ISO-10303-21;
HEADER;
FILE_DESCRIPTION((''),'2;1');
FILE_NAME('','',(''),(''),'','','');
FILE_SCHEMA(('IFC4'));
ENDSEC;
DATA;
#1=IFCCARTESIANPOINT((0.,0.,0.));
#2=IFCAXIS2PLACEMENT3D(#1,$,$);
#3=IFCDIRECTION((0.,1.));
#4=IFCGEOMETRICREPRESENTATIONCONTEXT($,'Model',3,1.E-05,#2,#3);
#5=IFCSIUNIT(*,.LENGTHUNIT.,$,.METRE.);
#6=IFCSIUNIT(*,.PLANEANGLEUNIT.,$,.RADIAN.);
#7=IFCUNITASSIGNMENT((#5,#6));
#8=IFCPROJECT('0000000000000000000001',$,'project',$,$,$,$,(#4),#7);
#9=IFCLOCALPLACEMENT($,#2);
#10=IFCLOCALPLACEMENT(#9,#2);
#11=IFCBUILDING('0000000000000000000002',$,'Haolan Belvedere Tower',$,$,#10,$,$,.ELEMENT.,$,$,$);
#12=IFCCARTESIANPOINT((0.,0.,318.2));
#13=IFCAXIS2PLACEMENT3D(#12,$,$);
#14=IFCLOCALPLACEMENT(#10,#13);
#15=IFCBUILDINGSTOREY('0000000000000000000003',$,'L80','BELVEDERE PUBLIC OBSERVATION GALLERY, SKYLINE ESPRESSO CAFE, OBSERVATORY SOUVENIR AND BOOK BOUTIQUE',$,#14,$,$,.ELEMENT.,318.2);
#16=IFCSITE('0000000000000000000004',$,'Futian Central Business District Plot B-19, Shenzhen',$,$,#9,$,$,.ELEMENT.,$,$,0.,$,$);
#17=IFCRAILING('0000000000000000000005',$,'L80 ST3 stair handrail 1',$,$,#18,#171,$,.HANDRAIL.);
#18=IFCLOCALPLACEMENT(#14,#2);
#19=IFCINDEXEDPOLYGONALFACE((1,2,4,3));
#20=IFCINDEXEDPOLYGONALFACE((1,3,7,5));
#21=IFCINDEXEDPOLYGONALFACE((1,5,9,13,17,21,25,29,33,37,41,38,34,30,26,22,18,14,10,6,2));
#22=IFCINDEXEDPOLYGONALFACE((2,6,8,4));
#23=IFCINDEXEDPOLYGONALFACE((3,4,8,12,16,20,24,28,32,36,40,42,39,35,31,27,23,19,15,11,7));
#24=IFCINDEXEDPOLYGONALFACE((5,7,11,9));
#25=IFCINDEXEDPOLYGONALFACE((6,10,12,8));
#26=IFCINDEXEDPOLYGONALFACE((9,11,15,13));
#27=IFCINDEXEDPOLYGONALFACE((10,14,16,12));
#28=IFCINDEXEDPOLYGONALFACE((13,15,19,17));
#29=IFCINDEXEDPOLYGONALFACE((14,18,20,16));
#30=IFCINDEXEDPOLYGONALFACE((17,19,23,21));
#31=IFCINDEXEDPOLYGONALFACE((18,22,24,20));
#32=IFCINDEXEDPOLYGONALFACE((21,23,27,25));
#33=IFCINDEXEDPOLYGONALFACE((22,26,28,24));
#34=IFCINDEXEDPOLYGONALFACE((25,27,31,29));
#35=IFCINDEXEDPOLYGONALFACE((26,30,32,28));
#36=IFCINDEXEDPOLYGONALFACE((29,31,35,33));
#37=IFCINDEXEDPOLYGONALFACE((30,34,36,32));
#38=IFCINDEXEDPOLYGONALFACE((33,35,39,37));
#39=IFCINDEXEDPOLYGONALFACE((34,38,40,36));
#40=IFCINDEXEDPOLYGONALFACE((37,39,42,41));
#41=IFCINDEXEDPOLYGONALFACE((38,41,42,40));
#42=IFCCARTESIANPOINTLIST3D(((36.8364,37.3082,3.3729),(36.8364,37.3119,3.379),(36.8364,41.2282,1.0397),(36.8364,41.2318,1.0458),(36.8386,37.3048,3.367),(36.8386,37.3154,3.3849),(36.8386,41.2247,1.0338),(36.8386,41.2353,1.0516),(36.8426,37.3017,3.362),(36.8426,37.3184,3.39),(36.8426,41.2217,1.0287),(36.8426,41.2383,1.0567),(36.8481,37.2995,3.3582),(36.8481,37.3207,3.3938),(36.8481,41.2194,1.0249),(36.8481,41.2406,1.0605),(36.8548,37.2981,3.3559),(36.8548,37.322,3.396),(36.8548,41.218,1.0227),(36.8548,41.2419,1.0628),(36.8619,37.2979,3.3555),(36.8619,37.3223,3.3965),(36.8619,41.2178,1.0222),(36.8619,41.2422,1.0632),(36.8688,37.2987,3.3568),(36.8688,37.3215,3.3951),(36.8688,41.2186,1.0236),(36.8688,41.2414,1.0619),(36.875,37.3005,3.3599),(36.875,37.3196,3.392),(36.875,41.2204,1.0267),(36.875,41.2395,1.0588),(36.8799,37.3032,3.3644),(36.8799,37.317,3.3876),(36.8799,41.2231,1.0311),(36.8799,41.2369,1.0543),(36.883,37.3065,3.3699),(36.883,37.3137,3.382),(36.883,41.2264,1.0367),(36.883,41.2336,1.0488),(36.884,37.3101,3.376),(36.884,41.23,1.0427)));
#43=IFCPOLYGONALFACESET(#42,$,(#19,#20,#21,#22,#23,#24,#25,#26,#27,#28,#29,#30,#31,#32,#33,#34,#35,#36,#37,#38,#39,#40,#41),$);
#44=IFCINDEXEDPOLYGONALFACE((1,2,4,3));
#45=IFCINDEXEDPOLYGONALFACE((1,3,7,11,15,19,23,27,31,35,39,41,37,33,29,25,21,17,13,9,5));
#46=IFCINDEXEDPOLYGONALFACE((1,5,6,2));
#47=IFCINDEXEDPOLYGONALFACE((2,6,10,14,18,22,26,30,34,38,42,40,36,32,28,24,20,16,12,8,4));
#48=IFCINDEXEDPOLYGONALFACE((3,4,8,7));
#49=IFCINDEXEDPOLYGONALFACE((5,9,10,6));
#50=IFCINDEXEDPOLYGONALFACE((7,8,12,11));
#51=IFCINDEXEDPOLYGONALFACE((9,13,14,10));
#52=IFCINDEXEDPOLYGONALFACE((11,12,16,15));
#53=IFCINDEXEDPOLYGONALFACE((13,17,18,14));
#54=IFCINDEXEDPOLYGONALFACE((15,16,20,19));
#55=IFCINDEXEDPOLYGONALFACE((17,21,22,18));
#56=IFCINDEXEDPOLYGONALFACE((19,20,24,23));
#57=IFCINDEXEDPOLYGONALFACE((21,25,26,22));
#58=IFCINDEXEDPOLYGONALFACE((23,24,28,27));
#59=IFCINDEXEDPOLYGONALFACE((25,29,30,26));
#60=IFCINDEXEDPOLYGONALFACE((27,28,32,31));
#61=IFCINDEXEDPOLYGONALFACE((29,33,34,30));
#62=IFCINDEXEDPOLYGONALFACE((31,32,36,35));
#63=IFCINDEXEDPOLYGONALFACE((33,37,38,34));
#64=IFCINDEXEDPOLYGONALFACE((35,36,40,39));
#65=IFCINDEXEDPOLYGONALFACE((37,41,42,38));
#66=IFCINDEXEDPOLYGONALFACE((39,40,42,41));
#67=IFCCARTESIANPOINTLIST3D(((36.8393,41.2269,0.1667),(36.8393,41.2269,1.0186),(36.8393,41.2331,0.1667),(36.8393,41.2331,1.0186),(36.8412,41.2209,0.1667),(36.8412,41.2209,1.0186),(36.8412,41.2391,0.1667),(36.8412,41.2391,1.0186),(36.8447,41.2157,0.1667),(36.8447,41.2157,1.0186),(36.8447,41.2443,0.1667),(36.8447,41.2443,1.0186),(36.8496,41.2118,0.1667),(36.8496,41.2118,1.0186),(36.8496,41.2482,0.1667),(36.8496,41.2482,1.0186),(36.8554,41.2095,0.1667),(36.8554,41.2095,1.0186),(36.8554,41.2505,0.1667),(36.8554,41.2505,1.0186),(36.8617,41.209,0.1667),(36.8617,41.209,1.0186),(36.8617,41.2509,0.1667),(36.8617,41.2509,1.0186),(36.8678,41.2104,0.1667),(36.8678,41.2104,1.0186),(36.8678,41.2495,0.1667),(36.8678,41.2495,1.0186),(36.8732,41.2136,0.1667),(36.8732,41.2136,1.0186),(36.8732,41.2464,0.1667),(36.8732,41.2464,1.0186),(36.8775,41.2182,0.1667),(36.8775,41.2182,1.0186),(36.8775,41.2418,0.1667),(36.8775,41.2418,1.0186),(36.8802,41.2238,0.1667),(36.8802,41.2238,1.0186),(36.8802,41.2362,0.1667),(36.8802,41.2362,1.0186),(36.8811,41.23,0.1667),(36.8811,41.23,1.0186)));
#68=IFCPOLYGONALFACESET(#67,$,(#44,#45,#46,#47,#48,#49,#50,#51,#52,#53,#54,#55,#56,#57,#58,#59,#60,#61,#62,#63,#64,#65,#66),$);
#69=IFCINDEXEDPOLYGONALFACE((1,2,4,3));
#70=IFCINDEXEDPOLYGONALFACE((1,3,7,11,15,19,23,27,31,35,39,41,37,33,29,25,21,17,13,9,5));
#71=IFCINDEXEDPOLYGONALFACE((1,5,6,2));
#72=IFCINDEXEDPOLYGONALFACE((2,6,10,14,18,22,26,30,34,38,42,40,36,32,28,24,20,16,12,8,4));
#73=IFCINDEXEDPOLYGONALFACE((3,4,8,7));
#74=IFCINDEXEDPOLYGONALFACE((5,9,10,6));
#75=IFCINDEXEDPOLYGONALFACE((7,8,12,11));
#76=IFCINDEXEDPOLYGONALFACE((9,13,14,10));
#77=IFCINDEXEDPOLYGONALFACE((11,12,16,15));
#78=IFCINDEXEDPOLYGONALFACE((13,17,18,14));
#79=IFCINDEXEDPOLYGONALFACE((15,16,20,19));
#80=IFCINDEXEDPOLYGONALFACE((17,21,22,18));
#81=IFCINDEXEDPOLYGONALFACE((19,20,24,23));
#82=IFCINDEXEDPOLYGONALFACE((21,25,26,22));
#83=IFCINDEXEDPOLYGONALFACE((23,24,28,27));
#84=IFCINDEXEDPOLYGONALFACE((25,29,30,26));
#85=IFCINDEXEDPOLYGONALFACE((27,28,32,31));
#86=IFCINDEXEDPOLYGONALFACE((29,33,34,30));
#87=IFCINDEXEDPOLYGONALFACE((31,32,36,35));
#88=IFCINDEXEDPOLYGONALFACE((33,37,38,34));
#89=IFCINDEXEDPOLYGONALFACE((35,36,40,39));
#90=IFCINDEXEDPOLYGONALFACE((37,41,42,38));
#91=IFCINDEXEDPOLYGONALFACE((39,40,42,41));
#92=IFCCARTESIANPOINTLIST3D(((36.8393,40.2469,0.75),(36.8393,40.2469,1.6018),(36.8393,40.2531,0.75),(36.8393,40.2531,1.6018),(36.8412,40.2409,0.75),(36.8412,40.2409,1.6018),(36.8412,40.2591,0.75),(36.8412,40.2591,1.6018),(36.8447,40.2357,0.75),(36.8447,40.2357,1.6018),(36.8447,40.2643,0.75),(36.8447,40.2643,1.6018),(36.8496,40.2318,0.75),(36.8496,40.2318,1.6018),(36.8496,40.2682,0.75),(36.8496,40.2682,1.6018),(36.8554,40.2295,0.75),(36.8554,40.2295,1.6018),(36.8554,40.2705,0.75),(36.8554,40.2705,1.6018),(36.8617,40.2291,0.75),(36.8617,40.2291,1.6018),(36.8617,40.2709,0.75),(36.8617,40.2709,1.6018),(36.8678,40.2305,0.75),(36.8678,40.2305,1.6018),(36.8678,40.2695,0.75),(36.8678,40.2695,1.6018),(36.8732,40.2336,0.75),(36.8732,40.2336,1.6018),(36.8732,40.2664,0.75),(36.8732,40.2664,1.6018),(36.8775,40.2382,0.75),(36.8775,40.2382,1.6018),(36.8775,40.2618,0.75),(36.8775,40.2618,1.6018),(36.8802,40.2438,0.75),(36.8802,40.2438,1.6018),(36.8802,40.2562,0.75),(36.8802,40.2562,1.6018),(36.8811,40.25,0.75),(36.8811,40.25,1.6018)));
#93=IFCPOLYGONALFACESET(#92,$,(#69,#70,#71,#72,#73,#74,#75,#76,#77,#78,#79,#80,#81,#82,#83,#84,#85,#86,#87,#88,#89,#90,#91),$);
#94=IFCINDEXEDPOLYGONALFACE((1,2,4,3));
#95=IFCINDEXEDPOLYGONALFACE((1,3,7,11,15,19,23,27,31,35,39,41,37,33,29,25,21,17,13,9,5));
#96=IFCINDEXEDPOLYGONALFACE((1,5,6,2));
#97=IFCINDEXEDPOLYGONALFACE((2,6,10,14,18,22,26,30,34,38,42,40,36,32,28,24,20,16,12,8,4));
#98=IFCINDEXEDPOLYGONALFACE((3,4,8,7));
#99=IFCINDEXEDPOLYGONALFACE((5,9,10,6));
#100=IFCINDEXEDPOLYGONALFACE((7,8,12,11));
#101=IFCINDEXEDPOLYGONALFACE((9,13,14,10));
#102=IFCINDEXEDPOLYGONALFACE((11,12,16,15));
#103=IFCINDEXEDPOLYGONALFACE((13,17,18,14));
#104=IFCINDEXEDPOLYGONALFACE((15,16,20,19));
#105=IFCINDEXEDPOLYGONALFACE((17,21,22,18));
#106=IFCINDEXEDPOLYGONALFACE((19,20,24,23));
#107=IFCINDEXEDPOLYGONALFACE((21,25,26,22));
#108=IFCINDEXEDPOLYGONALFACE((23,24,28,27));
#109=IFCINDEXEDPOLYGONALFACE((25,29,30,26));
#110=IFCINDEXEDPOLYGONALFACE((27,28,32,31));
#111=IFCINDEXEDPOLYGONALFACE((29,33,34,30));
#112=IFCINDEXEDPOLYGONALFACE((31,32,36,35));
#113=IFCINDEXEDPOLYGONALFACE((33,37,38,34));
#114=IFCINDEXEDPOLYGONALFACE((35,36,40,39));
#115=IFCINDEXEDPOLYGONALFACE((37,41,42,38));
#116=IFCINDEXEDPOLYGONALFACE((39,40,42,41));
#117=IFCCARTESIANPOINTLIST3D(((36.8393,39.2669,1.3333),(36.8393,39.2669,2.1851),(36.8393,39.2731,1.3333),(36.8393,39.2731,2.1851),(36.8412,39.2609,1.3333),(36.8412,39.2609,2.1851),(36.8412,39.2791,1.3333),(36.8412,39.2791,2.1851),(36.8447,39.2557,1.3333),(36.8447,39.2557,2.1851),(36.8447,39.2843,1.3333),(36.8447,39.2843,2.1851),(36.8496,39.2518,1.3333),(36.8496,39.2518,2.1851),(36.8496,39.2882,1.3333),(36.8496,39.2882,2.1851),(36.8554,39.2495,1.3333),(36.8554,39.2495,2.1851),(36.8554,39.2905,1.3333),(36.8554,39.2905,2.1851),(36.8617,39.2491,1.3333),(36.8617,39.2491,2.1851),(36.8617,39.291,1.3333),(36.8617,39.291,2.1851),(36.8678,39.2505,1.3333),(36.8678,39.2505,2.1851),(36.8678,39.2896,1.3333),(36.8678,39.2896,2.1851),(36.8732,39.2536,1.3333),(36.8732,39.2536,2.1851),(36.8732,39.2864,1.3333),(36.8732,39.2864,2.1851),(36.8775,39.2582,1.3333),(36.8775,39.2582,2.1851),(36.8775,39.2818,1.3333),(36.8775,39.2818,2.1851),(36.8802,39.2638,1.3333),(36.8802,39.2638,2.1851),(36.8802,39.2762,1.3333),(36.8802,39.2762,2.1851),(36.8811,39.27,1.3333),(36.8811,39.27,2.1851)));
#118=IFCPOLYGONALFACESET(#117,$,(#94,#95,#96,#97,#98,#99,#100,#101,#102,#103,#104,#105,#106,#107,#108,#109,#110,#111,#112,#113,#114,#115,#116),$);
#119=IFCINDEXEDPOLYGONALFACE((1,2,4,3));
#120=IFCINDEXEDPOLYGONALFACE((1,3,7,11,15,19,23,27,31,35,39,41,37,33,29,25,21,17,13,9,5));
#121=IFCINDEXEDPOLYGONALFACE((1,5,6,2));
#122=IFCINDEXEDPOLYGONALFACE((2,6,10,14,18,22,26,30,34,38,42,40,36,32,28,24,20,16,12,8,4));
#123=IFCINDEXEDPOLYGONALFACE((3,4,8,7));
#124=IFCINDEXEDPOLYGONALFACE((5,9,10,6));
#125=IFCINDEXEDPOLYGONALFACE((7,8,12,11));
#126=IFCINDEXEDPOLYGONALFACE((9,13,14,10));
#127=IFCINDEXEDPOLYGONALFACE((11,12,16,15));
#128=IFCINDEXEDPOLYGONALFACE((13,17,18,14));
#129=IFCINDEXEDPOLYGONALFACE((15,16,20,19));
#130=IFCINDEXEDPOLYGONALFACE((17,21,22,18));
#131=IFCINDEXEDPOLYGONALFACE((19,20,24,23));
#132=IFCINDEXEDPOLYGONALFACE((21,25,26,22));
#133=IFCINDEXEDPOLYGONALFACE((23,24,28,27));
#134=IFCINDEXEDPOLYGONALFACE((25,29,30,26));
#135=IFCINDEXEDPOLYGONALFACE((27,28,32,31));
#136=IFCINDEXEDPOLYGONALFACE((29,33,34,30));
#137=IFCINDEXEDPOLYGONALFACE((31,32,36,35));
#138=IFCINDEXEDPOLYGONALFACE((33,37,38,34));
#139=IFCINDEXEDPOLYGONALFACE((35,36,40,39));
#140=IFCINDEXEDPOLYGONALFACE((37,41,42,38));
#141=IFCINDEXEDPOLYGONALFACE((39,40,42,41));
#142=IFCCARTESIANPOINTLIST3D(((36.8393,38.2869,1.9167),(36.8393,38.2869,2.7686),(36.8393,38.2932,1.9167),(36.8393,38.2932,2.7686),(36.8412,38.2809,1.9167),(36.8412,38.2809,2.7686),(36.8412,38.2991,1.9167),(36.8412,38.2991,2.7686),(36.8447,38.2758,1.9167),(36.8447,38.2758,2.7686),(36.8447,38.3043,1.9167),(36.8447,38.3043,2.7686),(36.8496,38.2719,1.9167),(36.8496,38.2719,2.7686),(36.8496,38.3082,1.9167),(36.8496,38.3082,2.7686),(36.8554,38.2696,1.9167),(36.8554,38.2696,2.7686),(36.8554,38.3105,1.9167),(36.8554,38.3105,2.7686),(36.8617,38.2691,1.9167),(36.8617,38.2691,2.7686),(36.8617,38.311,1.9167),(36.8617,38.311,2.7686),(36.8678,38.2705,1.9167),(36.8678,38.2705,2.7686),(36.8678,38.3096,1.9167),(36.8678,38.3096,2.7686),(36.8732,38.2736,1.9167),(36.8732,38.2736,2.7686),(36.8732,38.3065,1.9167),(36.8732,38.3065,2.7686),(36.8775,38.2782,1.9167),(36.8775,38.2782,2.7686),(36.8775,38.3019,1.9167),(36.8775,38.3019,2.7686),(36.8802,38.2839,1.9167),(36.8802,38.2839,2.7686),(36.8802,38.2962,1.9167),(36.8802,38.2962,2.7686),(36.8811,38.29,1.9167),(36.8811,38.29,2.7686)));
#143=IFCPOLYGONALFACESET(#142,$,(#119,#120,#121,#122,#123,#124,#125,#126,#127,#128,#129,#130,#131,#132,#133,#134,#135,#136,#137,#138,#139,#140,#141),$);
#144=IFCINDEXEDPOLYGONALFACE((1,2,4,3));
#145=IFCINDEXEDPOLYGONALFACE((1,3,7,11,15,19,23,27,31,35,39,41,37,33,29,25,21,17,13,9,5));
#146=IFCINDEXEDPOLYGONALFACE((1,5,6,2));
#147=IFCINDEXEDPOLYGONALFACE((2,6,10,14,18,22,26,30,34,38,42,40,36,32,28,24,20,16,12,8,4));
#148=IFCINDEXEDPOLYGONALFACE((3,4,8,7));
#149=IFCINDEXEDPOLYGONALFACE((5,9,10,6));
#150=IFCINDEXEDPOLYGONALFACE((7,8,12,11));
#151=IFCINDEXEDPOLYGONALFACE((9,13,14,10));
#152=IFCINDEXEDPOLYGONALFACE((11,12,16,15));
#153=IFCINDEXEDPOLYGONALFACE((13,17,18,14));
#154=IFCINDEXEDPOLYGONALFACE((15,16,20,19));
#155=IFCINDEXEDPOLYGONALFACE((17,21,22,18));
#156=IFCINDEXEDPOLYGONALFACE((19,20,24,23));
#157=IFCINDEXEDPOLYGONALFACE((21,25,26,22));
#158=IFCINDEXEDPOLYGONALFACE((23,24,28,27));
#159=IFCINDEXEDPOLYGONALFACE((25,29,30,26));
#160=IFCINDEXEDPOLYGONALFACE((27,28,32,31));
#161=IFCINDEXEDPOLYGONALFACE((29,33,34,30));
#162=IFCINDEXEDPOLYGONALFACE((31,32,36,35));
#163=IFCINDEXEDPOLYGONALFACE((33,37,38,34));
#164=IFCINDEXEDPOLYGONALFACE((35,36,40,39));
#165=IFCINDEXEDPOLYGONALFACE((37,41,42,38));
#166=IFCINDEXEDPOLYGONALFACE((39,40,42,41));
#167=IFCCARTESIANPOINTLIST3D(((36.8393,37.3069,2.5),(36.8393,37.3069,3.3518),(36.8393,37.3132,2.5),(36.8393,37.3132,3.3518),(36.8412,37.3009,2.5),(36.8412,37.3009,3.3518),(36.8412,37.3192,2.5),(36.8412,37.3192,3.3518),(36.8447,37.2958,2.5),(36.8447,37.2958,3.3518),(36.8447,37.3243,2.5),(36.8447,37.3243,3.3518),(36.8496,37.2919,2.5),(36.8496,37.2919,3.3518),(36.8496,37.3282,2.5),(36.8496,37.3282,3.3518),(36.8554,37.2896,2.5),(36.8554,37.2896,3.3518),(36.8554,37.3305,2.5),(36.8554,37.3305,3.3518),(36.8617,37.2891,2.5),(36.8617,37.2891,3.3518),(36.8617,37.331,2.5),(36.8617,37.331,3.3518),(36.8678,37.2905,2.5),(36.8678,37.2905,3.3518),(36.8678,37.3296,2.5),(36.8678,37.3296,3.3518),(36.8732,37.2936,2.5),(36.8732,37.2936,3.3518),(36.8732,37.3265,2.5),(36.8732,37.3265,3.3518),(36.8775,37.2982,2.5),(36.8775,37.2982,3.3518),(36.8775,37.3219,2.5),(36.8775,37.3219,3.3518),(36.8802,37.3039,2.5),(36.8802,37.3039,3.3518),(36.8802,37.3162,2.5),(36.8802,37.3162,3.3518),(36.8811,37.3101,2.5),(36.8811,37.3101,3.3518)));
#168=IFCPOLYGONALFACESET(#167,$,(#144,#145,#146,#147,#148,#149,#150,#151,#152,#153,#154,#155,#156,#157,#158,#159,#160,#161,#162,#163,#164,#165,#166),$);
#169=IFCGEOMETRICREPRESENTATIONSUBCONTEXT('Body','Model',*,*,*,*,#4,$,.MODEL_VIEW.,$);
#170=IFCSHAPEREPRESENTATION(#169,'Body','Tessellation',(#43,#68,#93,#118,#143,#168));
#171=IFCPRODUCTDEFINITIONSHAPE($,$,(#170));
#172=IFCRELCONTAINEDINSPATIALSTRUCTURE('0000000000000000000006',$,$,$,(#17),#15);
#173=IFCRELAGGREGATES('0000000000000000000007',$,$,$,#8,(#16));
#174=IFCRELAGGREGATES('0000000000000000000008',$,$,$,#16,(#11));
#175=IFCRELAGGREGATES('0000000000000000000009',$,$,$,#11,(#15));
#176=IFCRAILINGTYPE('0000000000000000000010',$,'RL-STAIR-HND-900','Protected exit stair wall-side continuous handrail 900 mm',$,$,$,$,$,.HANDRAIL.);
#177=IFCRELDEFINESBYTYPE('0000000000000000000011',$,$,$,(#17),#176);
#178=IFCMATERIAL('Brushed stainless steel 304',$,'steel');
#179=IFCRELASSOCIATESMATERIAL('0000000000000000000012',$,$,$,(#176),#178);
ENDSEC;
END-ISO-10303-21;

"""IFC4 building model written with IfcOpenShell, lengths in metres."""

from ifc_helpers import new_model, si_unit, direction, frame, origin, origin_2d, place, context, subcontext, project, spatial, circle, extrude, material, type_object, element, save


model = new_model("IFC4")

# Units and contexts
model_context = context("Model", 3, precision=1e-05, world=origin(), true_north=direction((0.0, 1.0)))
body_context = subcontext(model_context, "Body", "Model", "MODEL_VIEW")
ifc_project = project(units=[si_unit("LENGTHUNIT", "METRE"), si_unit("PLANEANGLEUNIT", "RADIAN")], contexts=[model_context])

# Site, building, storey
site_placement = place(None, origin())
site = spatial("IfcSite", under=ifc_project, at=site_placement, Name="Futian Central Business District Plot B-19, Shenzhen", CompositionType="ELEMENT", RefElevation=0.0)
building_placement = place(site_placement, origin())
building = spatial("IfcBuilding", under=site, at=building_placement, Name="Haolan Belvedere Tower", CompositionType="ELEMENT")
storey_placement = place(building_placement, frame((0.0, 0.0, 318.2)))
storey = spatial("IfcBuildingStorey", under=building, at=storey_placement, Name="L80", Description="BELVEDERE PUBLIC OBSERVATION GALLERY, SKYLINE ESPRESSO CAFE, OBSERVATORY SOUVENIR AND BOOK BOUTIQUE", CompositionType="ELEMENT", Elevation=318.2)

# Railing
ifc_material_1 = material(Name="Brushed stainless steel 304", Category="steel")
railing_type_1 = type_object("IfcRailingType", Name="RL-STAIR-HND-900", Description="Protected exit stair wall-side continuous handrail 900 mm", PredefinedType="HANDRAIL", material=ifc_material_1)
railing_1_placement = place(storey_placement, frame((36.8601, 41.23, 0.1667)))
element("IfcRailing", 1, at=railing_1_placement, inside=storey, type_object=railing_type_1, Name="L80 ST3 stair handrail 1", PredefinedType="HANDRAIL", context=body_context, shape_type="SweptSolid", body=[
    extrude(circle(Radius=0.0239, at=origin_2d()), frame((0.0, 0.0, 0.876), z_axis=(0.0, -0.859296, 0.511478), x_axis=(1.0, 0.0, 0.0)), (0.0, 0.0, 1.0), 4.5618),
    extrude(circle(Radius=0.021, at=origin_2d()), origin(), (0.0, 0.0, 1.0), 0.8518),
    extrude(circle(Radius=0.021, at=origin_2d()), frame((0.0, -0.98, 0.5833)), (0.0, 0.0, 1.0), 0.8518),
    extrude(circle(Radius=0.021, at=origin_2d()), frame((0.0, -1.96, 1.1665)), (0.0, 0.0, 1.0), 0.8518),
    extrude(circle(Radius=0.021, at=origin_2d()), frame((0.0, -2.9399, 1.75)), (0.0, 0.0, 1.0), 0.8518),
    extrude(circle(Radius=0.021, at=origin_2d()), frame((0.0, -3.9199, 2.3333)), (0.0, 0.0, 1.0), 0.8518),
])

save(model, "model.ifc")
